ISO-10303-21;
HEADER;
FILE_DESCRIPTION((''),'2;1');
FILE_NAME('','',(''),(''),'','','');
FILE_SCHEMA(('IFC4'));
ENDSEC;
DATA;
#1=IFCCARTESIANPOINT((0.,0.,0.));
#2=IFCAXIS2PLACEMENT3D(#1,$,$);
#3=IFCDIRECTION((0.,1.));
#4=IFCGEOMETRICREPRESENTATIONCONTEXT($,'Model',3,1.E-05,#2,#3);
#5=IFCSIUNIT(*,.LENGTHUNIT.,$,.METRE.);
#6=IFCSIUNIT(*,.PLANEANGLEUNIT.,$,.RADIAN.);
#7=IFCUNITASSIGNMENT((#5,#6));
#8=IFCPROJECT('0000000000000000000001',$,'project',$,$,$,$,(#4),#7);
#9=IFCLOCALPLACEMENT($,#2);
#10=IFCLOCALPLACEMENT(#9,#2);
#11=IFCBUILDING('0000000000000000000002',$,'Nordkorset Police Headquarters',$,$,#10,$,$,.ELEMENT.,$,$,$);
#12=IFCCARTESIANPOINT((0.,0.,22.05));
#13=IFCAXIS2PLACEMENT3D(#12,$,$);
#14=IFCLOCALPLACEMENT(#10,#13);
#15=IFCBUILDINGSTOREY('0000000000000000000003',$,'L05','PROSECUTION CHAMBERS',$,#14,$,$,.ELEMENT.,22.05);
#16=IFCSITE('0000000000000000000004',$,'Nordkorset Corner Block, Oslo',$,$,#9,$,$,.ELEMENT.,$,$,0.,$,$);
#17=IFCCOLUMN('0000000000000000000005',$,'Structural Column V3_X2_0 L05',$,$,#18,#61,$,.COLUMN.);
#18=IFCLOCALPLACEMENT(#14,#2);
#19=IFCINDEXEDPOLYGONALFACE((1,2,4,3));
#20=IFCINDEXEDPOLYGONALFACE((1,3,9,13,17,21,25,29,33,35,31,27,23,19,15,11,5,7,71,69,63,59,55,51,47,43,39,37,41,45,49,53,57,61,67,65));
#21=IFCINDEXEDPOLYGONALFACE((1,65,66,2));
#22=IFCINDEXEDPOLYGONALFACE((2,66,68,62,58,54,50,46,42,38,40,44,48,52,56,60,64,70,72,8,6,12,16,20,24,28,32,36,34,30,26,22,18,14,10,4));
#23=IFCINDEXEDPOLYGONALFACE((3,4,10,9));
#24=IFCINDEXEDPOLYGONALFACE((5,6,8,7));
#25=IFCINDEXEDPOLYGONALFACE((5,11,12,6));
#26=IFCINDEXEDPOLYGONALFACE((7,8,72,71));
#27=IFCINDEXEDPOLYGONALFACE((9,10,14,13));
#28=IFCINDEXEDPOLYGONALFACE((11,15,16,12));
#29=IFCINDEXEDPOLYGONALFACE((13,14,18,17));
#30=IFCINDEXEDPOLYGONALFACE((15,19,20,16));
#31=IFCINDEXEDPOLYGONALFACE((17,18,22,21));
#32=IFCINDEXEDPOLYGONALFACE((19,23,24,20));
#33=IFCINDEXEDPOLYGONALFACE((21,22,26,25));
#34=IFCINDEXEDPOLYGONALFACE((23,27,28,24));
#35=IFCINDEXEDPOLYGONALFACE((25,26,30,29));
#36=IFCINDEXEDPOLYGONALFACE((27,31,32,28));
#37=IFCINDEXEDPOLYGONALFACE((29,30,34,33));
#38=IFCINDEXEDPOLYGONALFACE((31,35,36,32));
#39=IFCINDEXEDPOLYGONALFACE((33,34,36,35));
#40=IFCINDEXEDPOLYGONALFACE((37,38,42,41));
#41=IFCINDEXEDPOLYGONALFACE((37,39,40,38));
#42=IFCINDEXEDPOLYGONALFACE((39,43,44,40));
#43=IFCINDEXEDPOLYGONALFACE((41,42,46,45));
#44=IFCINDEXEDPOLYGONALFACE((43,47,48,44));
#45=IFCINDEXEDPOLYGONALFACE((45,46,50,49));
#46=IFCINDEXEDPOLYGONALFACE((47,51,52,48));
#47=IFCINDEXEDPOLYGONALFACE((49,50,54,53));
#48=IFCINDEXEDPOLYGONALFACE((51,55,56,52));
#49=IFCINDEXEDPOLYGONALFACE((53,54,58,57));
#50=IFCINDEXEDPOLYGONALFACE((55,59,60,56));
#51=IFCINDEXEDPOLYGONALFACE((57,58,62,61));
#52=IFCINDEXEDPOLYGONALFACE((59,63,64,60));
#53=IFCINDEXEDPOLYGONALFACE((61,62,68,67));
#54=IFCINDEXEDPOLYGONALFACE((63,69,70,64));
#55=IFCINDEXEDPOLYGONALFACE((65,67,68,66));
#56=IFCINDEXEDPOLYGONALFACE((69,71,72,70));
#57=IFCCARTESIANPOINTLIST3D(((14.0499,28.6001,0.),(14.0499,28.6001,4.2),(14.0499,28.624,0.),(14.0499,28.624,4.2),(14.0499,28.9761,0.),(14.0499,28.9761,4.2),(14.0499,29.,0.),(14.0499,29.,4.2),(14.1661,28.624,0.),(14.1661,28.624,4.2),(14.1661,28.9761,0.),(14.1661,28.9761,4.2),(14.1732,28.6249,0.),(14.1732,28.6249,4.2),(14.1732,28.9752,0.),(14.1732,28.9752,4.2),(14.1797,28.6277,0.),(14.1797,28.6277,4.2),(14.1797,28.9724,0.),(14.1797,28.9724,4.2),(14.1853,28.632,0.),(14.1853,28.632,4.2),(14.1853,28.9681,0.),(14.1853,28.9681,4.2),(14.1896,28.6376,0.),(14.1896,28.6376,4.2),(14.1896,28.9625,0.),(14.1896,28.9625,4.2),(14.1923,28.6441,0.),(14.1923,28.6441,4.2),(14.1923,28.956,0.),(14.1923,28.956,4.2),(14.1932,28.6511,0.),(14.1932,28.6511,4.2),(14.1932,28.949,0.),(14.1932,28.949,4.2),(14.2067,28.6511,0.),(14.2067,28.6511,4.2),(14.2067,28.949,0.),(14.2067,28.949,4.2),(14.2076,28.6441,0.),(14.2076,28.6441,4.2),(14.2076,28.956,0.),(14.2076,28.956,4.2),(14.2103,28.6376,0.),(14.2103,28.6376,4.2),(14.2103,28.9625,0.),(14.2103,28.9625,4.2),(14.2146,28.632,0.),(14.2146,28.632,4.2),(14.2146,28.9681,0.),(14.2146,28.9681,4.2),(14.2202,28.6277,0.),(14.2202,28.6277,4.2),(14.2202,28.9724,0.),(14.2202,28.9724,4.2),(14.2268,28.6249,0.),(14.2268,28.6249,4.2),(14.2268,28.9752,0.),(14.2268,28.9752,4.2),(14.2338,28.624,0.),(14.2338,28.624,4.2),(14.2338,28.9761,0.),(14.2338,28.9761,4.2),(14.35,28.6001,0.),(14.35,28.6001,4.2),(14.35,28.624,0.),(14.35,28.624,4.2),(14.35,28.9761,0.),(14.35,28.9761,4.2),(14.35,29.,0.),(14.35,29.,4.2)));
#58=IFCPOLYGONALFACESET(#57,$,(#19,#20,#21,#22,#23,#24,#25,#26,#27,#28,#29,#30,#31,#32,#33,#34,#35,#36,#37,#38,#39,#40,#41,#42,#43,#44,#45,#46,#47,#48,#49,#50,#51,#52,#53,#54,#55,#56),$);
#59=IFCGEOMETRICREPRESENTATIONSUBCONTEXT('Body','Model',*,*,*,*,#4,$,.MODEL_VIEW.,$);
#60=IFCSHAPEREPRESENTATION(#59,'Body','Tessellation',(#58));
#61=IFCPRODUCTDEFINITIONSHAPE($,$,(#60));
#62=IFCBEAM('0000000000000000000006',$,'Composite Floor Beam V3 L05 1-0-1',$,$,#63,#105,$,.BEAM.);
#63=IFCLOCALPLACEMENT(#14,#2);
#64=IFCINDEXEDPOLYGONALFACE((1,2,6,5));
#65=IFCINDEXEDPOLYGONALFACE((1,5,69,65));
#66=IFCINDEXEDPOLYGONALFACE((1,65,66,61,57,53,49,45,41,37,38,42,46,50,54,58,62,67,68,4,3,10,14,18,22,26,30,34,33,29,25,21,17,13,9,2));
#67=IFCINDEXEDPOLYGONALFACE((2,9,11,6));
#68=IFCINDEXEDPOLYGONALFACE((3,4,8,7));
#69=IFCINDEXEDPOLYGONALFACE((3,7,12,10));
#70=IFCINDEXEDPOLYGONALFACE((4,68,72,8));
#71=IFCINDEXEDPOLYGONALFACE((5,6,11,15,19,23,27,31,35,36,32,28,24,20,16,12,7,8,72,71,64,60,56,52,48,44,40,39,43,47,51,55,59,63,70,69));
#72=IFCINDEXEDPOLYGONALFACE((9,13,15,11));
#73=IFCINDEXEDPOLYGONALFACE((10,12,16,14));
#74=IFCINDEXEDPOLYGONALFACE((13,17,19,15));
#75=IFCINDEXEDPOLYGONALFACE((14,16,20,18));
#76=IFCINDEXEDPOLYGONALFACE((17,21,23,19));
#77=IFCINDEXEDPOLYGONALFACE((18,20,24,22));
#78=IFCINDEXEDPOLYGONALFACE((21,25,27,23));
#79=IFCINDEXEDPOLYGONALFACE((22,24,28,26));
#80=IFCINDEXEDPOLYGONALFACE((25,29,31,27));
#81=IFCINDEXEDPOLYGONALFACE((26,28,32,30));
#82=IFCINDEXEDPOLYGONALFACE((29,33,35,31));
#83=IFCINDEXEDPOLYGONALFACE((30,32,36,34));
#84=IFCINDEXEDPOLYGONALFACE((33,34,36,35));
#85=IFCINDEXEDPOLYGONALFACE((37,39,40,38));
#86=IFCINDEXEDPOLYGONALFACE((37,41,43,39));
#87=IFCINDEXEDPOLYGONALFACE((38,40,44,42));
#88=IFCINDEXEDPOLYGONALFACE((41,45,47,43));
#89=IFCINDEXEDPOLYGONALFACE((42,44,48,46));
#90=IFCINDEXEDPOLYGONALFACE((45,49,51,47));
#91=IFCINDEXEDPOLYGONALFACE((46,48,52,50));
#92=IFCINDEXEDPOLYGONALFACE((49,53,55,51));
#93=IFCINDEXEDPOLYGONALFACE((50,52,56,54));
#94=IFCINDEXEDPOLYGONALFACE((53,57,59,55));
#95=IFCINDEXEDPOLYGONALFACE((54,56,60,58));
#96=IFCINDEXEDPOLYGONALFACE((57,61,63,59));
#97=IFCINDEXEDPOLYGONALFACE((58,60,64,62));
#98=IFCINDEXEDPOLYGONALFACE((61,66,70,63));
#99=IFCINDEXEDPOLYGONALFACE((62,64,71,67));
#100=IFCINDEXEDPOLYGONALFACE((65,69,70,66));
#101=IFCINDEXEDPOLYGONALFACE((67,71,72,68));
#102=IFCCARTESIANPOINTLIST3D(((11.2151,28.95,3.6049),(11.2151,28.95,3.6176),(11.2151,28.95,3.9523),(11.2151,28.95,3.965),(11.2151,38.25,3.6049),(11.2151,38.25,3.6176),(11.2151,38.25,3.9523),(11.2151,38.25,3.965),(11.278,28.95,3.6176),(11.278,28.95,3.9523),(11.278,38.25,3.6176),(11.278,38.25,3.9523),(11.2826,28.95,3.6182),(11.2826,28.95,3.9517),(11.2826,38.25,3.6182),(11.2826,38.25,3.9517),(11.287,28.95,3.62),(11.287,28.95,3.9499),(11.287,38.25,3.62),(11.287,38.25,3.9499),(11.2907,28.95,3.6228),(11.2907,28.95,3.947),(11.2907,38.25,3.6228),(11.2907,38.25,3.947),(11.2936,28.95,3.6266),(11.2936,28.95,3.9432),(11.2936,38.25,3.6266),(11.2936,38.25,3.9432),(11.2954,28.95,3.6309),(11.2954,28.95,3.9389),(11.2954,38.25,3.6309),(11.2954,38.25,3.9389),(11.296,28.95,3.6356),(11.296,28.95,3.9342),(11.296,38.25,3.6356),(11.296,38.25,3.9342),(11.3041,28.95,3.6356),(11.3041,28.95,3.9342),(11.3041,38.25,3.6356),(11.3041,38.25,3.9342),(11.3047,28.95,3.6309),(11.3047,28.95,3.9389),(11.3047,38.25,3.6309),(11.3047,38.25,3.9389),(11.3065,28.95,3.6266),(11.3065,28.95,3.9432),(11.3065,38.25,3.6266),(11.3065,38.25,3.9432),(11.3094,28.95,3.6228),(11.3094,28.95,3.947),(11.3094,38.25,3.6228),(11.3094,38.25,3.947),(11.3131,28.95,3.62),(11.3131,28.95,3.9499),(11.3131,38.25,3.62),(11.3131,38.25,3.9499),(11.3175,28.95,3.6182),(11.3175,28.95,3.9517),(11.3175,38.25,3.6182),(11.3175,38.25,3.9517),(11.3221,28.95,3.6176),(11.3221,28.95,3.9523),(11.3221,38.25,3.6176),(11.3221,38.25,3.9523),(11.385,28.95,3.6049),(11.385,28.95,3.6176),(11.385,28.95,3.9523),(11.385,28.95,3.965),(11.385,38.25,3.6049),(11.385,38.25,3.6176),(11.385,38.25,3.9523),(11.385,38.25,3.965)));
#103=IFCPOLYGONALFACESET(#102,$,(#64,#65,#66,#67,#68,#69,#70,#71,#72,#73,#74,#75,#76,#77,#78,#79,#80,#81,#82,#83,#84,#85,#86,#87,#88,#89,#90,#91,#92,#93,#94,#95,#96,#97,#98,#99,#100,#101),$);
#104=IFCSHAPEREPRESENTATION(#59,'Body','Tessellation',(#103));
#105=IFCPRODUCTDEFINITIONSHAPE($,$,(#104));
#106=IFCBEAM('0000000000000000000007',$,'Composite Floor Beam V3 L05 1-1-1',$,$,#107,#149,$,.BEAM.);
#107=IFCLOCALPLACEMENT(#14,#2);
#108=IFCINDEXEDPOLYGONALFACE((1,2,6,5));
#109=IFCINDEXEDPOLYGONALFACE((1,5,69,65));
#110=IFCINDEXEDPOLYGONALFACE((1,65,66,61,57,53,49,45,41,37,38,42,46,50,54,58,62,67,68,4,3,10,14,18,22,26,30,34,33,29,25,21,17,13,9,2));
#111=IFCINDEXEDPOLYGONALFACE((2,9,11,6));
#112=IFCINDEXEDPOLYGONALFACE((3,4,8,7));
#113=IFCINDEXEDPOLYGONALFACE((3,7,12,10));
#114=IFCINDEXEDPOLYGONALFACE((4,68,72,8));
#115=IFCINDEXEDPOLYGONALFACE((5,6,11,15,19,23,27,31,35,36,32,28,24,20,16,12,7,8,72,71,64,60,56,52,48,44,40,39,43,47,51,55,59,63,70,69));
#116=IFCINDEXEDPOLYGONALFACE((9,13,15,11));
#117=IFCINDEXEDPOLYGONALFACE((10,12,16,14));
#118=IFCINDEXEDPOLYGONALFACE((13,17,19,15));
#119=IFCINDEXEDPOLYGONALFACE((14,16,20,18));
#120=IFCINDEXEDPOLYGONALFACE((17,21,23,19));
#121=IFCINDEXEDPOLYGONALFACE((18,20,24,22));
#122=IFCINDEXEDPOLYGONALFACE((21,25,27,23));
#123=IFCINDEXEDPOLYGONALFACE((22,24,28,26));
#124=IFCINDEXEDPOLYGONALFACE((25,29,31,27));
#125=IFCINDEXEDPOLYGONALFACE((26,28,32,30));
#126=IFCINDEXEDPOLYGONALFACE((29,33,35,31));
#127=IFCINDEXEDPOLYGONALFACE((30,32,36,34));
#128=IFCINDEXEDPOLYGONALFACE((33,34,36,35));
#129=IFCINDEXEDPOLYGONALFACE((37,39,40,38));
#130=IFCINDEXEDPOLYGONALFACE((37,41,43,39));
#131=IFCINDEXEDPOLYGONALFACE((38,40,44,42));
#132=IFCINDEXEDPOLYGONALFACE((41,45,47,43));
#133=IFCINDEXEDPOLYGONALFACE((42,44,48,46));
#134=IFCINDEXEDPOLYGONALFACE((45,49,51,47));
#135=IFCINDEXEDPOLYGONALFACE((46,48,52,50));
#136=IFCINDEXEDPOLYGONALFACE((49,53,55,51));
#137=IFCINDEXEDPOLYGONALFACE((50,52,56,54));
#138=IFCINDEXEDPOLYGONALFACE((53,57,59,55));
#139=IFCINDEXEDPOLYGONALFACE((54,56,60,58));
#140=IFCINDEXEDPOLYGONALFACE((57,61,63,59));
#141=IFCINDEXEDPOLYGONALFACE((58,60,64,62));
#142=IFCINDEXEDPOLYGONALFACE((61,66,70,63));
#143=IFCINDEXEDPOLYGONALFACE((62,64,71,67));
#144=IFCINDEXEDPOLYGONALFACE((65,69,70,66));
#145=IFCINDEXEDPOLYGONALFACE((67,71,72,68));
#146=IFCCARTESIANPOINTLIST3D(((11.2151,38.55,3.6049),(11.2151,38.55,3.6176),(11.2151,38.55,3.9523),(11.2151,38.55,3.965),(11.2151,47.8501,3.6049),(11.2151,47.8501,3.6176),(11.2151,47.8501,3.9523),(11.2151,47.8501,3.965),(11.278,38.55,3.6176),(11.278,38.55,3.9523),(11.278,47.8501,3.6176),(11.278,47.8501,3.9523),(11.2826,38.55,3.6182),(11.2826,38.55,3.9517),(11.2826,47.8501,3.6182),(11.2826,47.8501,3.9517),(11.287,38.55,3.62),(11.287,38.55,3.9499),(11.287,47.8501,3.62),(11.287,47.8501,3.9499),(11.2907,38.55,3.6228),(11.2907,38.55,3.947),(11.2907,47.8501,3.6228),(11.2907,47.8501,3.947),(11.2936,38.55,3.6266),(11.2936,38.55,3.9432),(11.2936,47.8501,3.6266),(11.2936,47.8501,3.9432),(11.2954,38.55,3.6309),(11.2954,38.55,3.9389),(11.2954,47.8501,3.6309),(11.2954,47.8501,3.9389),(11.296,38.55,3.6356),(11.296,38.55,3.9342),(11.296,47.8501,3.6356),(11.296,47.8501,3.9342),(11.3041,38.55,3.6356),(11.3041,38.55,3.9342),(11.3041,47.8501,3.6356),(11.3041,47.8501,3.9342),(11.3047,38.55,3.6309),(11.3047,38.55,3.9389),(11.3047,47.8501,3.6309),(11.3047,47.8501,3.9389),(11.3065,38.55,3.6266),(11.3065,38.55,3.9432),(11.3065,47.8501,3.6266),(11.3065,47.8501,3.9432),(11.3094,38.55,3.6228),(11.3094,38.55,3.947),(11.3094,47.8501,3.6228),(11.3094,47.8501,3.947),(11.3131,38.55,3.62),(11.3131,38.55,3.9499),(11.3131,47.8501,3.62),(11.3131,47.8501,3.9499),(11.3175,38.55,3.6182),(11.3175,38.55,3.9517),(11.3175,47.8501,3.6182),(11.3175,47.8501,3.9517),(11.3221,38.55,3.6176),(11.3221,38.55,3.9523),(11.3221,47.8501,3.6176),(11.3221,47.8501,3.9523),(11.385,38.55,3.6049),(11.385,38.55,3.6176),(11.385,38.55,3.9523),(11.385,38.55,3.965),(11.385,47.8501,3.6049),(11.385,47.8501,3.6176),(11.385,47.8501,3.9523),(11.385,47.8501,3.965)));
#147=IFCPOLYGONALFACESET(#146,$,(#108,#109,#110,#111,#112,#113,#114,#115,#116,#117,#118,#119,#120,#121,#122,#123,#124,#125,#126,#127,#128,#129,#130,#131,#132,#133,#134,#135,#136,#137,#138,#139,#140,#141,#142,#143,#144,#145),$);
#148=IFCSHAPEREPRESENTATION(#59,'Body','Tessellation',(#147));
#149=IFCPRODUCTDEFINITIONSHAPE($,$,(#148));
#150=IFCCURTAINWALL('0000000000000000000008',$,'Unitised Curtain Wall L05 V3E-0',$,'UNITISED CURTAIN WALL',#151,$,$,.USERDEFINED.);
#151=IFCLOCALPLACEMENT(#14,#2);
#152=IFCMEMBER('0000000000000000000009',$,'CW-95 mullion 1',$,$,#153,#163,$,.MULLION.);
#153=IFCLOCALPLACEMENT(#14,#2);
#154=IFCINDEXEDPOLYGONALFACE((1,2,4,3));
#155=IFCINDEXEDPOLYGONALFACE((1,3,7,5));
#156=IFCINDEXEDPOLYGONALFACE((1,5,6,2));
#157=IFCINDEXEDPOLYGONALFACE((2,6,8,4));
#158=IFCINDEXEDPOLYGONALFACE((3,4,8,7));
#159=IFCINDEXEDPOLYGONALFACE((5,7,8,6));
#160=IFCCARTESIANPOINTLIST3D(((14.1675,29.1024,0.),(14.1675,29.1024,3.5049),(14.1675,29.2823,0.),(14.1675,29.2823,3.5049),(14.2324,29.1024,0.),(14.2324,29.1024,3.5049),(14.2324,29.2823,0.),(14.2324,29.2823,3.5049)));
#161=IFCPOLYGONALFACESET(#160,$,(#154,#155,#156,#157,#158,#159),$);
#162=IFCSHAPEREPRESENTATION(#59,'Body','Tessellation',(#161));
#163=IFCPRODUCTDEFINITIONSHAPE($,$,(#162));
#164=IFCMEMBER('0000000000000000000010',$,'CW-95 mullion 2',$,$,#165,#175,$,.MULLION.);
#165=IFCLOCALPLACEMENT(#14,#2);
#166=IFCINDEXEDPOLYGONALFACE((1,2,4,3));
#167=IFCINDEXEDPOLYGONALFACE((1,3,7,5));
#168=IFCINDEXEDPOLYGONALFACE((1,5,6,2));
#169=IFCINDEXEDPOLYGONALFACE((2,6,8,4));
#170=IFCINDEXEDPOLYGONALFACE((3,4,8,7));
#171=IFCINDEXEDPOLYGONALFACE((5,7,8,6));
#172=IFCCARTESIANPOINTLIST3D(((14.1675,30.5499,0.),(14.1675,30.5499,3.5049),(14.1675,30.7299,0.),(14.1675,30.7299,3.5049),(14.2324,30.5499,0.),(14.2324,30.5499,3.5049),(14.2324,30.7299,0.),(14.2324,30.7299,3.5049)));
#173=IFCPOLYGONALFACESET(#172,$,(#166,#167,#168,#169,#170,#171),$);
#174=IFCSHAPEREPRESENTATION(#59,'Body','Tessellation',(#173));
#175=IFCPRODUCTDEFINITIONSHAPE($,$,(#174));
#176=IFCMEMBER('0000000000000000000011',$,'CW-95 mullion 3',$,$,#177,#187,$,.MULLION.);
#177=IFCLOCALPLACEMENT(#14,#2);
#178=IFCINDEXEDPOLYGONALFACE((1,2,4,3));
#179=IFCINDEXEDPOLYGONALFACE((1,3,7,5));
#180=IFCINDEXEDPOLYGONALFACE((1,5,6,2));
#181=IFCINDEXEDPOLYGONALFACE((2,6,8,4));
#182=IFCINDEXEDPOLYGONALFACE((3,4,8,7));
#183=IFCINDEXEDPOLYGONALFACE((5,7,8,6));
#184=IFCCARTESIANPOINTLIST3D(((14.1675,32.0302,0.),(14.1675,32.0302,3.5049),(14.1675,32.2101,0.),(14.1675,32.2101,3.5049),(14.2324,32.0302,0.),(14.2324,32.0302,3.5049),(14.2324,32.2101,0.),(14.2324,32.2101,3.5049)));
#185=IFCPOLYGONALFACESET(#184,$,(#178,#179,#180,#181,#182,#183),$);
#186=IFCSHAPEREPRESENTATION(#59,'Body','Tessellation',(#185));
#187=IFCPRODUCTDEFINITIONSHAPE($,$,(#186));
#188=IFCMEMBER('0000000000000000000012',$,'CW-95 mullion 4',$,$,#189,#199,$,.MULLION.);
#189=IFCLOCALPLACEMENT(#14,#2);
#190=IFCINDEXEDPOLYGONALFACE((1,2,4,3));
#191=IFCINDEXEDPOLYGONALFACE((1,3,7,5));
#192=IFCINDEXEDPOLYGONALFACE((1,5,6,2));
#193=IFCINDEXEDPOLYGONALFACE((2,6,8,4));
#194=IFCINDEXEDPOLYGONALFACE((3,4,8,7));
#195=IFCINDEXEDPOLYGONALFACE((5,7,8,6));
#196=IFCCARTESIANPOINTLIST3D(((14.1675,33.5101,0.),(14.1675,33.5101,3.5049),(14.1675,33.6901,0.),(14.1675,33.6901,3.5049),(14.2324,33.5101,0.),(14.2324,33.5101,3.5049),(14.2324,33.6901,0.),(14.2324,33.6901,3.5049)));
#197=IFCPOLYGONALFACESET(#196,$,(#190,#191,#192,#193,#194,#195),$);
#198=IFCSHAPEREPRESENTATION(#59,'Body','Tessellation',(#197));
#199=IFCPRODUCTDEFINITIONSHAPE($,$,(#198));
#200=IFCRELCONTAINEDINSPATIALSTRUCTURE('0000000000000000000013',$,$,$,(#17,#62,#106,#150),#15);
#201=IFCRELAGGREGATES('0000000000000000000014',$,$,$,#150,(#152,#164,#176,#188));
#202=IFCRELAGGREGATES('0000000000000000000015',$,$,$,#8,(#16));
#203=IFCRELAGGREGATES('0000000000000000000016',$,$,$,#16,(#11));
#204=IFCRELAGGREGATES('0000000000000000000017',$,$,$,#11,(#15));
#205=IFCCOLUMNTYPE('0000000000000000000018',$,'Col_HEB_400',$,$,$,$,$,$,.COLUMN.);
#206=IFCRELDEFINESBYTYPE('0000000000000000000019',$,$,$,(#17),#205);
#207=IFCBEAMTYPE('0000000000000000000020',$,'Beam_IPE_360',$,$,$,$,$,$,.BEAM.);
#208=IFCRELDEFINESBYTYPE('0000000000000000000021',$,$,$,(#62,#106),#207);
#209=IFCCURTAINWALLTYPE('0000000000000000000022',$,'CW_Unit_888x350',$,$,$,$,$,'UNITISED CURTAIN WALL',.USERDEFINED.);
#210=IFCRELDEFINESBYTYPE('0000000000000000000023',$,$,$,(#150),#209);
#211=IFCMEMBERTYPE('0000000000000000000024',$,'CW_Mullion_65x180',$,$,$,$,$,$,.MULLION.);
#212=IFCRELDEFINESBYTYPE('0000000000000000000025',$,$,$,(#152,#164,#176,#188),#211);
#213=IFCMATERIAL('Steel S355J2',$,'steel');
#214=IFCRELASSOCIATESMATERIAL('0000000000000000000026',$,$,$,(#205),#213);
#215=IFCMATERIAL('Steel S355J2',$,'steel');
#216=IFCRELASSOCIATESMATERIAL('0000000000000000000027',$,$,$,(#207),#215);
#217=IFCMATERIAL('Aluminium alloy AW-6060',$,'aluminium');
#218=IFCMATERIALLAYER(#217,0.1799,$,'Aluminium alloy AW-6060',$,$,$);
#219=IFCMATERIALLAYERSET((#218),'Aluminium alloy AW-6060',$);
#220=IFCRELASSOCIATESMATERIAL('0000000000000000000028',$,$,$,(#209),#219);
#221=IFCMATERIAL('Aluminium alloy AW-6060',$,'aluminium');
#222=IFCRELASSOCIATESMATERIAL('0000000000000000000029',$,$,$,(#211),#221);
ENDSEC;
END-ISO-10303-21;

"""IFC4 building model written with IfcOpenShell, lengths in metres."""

from ifc_helpers import new_model, si_unit, direction, frame, origin, origin_2d, place, context, subcontext, project, spatial, rectangle, i_section, extrude, material, layer, layer_set, material_profile, profile_set, type_object, element, aggregate, save


model = new_model("IFC4")

# Units and contexts
model_context = context("Model", 3, precision=1e-05, world=origin(), true_north=direction((0.0, 1.0)))
body_context = subcontext(model_context, "Body", "Model", "MODEL_VIEW")
ifc_project = project(units=[si_unit("LENGTHUNIT", "METRE"), si_unit("PLANEANGLEUNIT", "RADIAN")], contexts=[model_context])

# Site, building, storey
site_placement = place(None, origin())
site = spatial("IfcSite", under=ifc_project, at=site_placement, Name="Nordkorset Corner Block, Oslo", CompositionType="ELEMENT", RefElevation=0.0)
building_placement = place(site_placement, origin())
building = spatial("IfcBuilding", under=site, at=building_placement, Name="Nordkorset Police Headquarters", CompositionType="ELEMENT")
storey_placement = place(building_placement, frame((0.0, 0.0, 22.05)))
storey = spatial("IfcBuildingStorey", under=building, at=storey_placement, Name="L05", Description="PROSECUTION CHAMBERS", CompositionType="ELEMENT", Elevation=22.05)

# Column
ifc_material_1 = material(Name="Steel S355J2", Category="steel")
ifc_material_profile_1 = material_profile(ifc_material_1, i_section(OverallWidth=0.3, OverallDepth=0.3999, WebThickness=0.0134, FlangeThickness=0.0239, FilletRadius=0.0271, at=origin_2d()), Name="HEB 400")
ifc_profile_set_1 = profile_set([ifc_material_profile_1], Name="Steel S355J2")
column_type = type_object("IfcColumnType", Name="Col_HEB_400", PredefinedType="COLUMN", material=ifc_profile_set_1)
column_placement = place(storey_placement, frame((14.2, 28.8, 0.0), z_axis=(0.0, 0.0, 1.0), x_axis=(1.0, 0.0, 0.0)))
element("IfcColumn", 1, at=column_placement, inside=storey, type_object=column_type, Name="Structural Column V3_X2_0 L05", PredefinedType="COLUMN", context=body_context, shape_type="SweptSolid", body=[
    extrude(i_section(OverallWidth=0.3, OverallDepth=0.3999, WebThickness=0.0134, FlangeThickness=0.0239, FilletRadius=0.0271, at=origin_2d()), origin(), (0.0, 0.0, 1.0), 4.2),
])

# Beams
ifc_material_2 = material(Name="Steel S355J2", Category="steel")
ifc_material_profile_2 = material_profile(ifc_material_2, i_section(OverallWidth=0.1699, OverallDepth=0.3601, WebThickness=0.0081, FlangeThickness=0.0127, FilletRadius=0.0181, at=origin_2d()), Name="IPE 360")
ifc_profile_set_2 = profile_set([ifc_material_profile_2], Name="Steel S355J2")
beam_type_1 = type_object("IfcBeamType", Name="Beam_IPE_360", PredefinedType="BEAM", material=ifc_profile_set_2)
for number, where, z_axis, x_axis, name in (
    (2, (11.3, 28.95, 3.7849), (0.0, 1.0, 0.0), (-1.0, 0.0, 0.0), "Composite Floor Beam V3 L05 1-0-1"),
    (3, (11.3, 38.55, 3.7849), (0.0, 1.0, 0.0), (-1.0, 0.0, 0.0), "Composite Floor Beam V3 L05 1-1-1"),
):
    element("IfcBeam", number, at=place(storey_placement, frame(where, z_axis=z_axis, x_axis=x_axis)), inside=storey, type_object=beam_type_1, Name=name, PredefinedType="BEAM", context=body_context, shape_type="SweptSolid", body=[
        extrude(i_section(OverallWidth=0.1699, OverallDepth=0.3601, WebThickness=0.0081, FlangeThickness=0.0127, FilletRadius=0.0181, at=origin_2d()), origin(), (0.0, 0.0, 1.0), 9.3),
    ])

# Curtain wall, members
ifc_material_3 = material(Name="Aluminium alloy AW-6060", Category="aluminium")
ifc_layer_1 = layer(ifc_material_3, 0.1799, Name="Aluminium alloy AW-6060")
ifc_layer_set_1 = layer_set([ifc_layer_1], Name="Aluminium alloy AW-6060")
curtain_wall_type = type_object("IfcCurtainWallType", Name="CW_Unit_888x350", ElementType="UNITISED CURTAIN WALL", PredefinedType="USERDEFINED", material=ifc_layer_set_1)
curtain_wall_placement = place(storey_placement, origin())
curtain_wall = element("IfcCurtainWall", 4, at=curtain_wall_placement, inside=storey, type_object=curtain_wall_type, Name="Unitised Curtain Wall L05 V3E-0", ObjectType="UNITISED CURTAIN WALL", PredefinedType="USERDEFINED")
ifc_material_4 = material(Name="Aluminium alloy AW-6060", Category="aluminium")
ifc_material_profile_3 = material_profile(ifc_material_4, rectangle(XDim=0.0649, YDim=0.1799, at=origin_2d()), Name="ALU MULL 65x180")
ifc_profile_set_3 = profile_set([ifc_material_profile_3], Name="Aluminium alloy AW-6060")
member_type_1 = type_object("IfcMemberType", Name="CW_Mullion_65x180", PredefinedType="MULLION", material=ifc_profile_set_3)
member_1_placement = place(storey_placement, frame((14.2, 29.1924, 0.0), z_axis=(0.0, 0.0, 1.0), x_axis=(-1.0, 0.0, 0.0)))
member_1 = element("IfcMember", 5, at=member_1_placement, type_object=member_type_1, Name="CW-95 mullion 1", PredefinedType="MULLION", context=body_context, shape_type="SweptSolid", body=[
    extrude(rectangle(XDim=0.0649, YDim=0.1799, at=origin_2d()), origin(), (0.0, 0.0, 1.0), 3.5049),
])
member_2_placement = place(storey_placement, frame((14.2, 30.6399, 0.0), z_axis=(0.0, 0.0, 1.0), x_axis=(-1.0, 0.0, 0.0)))
member_2 = element("IfcMember", 6, at=member_2_placement, type_object=member_type_1, Name="CW-95 mullion 2", PredefinedType="MULLION", context=body_context, shape_type="SweptSolid", body=[
    extrude(rectangle(XDim=0.0649, YDim=0.1799, at=origin_2d()), origin(), (0.0, 0.0, 1.0), 3.5049),
])
member_3_placement = place(storey_placement, frame((14.2, 32.1201, 0.0), z_axis=(0.0, 0.0, 1.0), x_axis=(-1.0, 0.0, 0.0)))
member_3 = element("IfcMember", 7, at=member_3_placement, type_object=member_type_1, Name="CW-95 mullion 3", PredefinedType="MULLION", context=body_context, shape_type="SweptSolid", body=[
    extrude(rectangle(XDim=0.0649, YDim=0.1799, at=origin_2d()), origin(), (0.0, 0.0, 1.0), 3.5049),
])
member_4_placement = place(storey_placement, frame((14.2, 33.6001, 0.0), z_axis=(0.0, 0.0, 1.0), x_axis=(-1.0, 0.0, 0.0)))
member_4 = element("IfcMember", 8, at=member_4_placement, type_object=member_type_1, Name="CW-95 mullion 4", PredefinedType="MULLION", context=body_context, shape_type="SweptSolid", body=[
    extrude(rectangle(XDim=0.0649, YDim=0.1799, at=origin_2d()), origin(), (0.0, 0.0, 1.0), 3.5049),
])

aggregate(curtain_wall, [member_1, member_2, member_3, member_4])

save(model, "model.ifc")
